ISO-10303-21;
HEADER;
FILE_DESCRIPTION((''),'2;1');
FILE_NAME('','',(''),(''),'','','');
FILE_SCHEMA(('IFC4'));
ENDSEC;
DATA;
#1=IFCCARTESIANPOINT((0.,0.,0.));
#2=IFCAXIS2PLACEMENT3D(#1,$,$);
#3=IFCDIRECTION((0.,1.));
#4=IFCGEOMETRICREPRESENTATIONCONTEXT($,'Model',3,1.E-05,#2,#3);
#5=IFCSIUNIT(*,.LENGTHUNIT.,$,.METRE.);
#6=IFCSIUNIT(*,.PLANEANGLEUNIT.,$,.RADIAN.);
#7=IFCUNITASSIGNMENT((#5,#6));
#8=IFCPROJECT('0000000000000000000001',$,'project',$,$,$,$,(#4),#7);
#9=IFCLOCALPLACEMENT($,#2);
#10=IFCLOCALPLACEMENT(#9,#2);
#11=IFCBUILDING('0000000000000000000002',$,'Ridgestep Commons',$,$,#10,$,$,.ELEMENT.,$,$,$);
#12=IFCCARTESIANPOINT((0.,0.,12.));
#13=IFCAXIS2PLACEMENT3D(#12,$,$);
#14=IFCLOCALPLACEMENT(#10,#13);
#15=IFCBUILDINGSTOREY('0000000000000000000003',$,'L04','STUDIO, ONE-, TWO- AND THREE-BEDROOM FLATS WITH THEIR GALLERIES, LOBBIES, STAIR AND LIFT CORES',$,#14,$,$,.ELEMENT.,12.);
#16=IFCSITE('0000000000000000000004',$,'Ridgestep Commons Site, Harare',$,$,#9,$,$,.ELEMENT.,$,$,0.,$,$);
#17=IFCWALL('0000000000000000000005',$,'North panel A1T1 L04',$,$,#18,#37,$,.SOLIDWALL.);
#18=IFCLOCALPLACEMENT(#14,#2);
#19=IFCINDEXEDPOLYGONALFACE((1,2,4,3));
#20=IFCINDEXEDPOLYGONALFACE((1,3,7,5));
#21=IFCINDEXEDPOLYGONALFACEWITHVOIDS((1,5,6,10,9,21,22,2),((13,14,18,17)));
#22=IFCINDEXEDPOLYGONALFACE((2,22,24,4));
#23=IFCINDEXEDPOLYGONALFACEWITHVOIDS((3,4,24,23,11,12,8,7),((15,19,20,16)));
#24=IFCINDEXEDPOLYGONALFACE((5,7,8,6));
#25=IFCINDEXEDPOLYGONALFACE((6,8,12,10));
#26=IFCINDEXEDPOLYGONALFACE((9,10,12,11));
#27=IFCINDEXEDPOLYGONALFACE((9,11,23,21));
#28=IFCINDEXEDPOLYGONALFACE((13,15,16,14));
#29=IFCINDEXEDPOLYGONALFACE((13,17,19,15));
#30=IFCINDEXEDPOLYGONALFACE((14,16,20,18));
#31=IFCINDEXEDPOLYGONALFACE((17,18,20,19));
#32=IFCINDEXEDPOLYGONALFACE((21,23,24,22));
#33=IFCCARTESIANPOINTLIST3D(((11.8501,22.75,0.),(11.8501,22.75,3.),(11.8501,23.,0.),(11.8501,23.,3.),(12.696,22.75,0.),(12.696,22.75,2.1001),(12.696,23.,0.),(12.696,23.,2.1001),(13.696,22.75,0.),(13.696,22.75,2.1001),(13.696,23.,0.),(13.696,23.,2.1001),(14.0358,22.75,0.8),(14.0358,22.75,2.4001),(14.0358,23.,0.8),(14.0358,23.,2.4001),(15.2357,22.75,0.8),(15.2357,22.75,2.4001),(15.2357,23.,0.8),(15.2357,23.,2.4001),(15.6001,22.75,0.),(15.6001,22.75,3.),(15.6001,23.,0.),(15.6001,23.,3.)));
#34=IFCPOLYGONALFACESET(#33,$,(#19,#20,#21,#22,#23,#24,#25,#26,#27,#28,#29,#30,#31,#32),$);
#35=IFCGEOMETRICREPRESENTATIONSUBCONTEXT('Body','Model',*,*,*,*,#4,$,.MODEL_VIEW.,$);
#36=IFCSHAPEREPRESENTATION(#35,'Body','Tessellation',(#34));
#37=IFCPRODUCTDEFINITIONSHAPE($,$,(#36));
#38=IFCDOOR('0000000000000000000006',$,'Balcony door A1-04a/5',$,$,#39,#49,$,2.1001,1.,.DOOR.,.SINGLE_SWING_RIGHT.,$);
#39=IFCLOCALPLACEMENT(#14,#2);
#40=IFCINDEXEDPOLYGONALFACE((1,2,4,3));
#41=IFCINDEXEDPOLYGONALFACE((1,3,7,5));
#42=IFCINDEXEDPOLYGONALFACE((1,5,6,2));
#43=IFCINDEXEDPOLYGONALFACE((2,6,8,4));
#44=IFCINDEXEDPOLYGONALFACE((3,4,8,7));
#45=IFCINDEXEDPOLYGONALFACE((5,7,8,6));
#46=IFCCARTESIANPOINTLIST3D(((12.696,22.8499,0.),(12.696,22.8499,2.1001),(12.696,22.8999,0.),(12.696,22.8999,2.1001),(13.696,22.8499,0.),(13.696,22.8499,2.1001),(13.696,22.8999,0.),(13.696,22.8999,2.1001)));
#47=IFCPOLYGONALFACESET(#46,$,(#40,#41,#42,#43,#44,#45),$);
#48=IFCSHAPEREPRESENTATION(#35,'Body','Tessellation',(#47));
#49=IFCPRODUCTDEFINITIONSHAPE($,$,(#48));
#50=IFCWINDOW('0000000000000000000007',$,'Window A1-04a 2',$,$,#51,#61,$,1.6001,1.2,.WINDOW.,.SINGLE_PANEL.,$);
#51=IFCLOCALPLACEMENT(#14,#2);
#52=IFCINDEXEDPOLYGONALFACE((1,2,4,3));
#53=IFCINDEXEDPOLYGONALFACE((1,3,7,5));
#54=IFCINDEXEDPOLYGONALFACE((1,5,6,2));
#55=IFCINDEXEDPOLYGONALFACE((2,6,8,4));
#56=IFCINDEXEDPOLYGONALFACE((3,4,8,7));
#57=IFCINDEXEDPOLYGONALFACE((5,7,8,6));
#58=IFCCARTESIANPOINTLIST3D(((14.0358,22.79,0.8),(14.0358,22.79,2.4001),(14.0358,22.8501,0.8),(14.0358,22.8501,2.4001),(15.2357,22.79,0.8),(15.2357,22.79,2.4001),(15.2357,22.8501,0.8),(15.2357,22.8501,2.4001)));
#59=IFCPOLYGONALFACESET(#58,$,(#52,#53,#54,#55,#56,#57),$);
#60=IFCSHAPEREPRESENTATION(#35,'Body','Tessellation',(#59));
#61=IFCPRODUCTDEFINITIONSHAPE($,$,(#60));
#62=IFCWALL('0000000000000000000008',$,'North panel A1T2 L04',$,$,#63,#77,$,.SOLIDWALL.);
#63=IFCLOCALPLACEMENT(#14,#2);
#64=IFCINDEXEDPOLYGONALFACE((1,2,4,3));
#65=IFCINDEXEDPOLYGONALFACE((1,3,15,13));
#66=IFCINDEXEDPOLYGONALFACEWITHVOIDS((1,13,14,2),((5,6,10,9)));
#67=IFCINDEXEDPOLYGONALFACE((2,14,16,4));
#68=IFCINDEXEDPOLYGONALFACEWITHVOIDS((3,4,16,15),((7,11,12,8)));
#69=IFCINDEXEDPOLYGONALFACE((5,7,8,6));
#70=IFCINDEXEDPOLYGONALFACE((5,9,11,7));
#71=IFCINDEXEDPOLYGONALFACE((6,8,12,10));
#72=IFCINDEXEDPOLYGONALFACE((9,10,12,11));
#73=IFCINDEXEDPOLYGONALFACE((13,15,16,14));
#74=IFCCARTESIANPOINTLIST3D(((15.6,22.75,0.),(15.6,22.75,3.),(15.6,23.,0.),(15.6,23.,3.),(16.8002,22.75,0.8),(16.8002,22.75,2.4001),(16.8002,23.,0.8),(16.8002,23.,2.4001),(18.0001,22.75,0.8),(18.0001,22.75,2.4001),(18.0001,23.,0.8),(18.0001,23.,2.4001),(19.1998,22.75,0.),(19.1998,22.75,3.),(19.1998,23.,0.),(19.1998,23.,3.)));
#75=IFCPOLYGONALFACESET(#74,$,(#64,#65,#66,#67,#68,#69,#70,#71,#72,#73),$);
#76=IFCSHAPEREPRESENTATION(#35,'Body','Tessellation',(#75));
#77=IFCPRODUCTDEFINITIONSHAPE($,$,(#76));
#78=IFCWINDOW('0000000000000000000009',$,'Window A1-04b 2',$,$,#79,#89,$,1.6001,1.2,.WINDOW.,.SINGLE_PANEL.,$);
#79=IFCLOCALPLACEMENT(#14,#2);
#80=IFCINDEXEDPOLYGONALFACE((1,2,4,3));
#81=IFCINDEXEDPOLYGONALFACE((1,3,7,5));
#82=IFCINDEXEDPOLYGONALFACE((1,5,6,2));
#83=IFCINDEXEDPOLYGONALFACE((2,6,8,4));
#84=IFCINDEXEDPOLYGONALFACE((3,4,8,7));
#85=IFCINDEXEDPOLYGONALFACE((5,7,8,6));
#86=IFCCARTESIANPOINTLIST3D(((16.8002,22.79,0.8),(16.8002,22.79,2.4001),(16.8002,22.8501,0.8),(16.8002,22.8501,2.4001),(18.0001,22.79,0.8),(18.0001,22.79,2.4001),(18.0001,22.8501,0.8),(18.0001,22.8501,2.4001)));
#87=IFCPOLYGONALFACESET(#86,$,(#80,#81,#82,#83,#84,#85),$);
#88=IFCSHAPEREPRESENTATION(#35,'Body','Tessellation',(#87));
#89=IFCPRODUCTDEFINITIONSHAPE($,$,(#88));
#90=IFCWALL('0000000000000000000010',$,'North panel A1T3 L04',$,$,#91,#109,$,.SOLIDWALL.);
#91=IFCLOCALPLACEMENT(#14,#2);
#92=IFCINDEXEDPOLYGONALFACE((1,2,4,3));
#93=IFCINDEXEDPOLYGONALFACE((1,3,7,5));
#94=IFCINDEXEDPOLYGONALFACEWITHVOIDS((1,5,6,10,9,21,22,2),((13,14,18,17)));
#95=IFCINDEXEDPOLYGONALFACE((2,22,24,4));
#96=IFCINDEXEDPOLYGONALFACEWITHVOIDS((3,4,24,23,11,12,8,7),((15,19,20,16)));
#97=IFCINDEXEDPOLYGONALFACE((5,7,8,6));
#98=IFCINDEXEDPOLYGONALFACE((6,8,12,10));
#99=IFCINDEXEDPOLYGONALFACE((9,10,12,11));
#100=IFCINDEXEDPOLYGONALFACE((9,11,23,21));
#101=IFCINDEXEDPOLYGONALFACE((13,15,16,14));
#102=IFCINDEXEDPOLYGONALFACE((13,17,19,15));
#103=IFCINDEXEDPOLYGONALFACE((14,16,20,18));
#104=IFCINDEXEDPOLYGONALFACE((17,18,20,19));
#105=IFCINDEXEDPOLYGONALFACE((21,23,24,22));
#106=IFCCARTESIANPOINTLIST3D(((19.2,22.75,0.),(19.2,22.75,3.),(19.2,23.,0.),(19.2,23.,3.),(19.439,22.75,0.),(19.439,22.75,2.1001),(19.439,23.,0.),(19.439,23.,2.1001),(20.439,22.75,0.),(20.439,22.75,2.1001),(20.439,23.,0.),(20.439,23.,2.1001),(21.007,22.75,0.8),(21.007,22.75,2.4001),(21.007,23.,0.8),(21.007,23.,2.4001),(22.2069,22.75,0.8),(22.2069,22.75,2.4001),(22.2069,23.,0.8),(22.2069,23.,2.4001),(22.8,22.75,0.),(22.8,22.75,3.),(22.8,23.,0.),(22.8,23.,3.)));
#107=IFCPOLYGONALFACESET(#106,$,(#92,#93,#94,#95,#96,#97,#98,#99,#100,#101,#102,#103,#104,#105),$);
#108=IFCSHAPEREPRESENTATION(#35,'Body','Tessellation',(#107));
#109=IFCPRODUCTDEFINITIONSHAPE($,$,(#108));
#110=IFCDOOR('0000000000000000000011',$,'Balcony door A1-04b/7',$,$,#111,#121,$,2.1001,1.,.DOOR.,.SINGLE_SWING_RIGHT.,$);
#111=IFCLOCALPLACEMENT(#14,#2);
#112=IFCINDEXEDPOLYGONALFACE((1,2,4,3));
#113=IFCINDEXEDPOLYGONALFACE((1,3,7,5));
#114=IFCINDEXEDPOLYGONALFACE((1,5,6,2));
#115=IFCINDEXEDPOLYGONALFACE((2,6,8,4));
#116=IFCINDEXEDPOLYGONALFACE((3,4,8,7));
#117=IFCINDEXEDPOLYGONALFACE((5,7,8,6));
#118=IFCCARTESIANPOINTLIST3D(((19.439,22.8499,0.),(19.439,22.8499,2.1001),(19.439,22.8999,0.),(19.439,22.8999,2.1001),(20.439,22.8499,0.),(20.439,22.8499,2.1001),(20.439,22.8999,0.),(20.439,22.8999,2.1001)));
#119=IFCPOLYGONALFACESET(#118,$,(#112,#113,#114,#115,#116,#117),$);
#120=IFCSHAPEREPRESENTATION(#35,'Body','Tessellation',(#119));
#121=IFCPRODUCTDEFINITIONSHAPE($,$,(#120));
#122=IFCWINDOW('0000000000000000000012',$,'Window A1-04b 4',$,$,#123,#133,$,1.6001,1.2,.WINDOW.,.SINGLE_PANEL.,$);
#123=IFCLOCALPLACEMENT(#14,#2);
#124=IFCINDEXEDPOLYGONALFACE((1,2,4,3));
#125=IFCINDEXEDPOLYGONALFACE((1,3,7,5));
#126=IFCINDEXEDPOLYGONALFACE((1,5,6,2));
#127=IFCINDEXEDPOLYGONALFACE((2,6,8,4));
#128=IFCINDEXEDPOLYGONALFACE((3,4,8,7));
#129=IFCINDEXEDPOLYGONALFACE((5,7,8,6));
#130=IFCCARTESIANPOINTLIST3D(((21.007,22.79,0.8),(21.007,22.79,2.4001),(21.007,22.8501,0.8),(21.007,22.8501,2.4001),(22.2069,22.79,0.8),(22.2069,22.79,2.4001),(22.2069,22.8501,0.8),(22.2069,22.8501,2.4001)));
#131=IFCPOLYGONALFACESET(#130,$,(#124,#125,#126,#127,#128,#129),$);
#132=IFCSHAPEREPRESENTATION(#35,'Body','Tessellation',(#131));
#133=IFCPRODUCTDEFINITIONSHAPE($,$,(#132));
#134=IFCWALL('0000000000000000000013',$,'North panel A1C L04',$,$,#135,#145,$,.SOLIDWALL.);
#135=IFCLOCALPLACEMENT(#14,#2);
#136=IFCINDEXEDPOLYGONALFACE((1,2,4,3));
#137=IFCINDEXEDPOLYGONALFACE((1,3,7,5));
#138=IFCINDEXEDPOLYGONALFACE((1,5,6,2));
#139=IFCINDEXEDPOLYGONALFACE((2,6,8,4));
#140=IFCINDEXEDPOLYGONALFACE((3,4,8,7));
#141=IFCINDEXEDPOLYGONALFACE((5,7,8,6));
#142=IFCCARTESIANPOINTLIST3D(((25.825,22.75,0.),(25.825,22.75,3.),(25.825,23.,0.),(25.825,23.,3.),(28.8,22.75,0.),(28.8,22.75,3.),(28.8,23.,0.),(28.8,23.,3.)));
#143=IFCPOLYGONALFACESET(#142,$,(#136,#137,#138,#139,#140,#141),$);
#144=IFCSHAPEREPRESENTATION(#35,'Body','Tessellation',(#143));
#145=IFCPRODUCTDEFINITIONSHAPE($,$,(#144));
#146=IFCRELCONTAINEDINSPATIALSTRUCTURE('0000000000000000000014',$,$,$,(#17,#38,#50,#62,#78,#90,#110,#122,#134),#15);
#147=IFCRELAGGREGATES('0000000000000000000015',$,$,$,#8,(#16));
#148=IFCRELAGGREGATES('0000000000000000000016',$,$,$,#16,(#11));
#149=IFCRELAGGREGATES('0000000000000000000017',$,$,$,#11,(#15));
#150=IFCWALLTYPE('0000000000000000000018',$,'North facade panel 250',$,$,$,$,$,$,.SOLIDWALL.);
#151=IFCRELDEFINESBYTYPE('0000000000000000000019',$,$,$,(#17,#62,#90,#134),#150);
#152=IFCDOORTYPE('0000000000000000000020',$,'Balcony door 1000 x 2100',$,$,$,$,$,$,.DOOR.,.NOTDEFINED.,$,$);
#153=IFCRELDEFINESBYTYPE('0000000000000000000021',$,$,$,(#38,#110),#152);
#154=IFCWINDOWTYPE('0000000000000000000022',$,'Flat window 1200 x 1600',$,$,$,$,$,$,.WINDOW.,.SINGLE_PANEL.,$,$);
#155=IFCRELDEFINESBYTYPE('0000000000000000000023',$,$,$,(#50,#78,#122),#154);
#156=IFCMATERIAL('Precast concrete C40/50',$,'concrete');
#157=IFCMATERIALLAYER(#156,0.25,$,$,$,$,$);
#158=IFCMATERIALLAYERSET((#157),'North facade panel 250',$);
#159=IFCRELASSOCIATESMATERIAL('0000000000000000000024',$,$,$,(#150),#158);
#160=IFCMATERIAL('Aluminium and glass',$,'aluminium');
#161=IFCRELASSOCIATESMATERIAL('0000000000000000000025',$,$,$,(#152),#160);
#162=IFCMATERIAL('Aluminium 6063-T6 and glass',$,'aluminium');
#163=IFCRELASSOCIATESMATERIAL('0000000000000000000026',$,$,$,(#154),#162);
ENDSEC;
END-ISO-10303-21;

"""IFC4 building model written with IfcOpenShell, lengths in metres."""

from ifc_helpers import new_model, si_unit, direction, frame, frame_2d, origin, place, context, subcontext, project, spatial, rectangle, extrude, material, layer, layer_set, type_object, element, fill, save


model = new_model("IFC4")

# Units and contexts
model_context = context("Model", 3, precision=1e-05, world=origin(), true_north=direction((0.0, 1.0)))
body_context = subcontext(model_context, "Body", "Model", "MODEL_VIEW")
ifc_project = project(units=[si_unit("LENGTHUNIT", "METRE"), si_unit("PLANEANGLEUNIT", "RADIAN")], contexts=[model_context])

# Site, building, storey
site_placement = place(None, origin())
site = spatial("IfcSite", under=ifc_project, at=site_placement, Name="Ridgestep Commons Site, Harare", CompositionType="ELEMENT", RefElevation=0.0)
building_placement = place(site_placement, origin())
building = spatial("IfcBuilding", under=site, at=building_placement, Name="Ridgestep Commons", CompositionType="ELEMENT")
storey_placement = place(building_placement, frame((0.0, 0.0, 12.0)))
storey = spatial("IfcBuildingStorey", under=building, at=storey_placement, Name="L04", Description="STUDIO, ONE-, TWO- AND THREE-BEDROOM FLATS WITH THEIR GALLERIES, LOBBIES, STAIR AND LIFT CORES", CompositionType="ELEMENT", Elevation=12.0)

# Wall, openings, door, window
ifc_material_1 = material(Name="Precast concrete C40/50", Category="concrete")
ifc_layer_1 = layer(ifc_material_1, 0.25)
ifc_layer_set_1 = layer_set([ifc_layer_1], Name="North facade panel 250")
wall_type = type_object("IfcWallType", Name="North facade panel 250", PredefinedType="SOLIDWALL", material=ifc_layer_set_1)
wall_1_placement = place(storey_placement, frame((11.8501, 22.875, 0.0), z_axis=(0.0, 0.0, 1.0), x_axis=(1.0, 0.0, 0.0)))
wall_1 = element("IfcWall", 1, at=wall_1_placement, inside=storey, type_object=wall_type, Name="North panel A1T1 L04", PredefinedType="SOLIDWALL", context=body_context, shape_type="SweptSolid", body=[
    extrude(rectangle(XDim=3.75, YDim=0.25, at=frame_2d((1.875, 0.0))), origin(), (0.0, 0.0, 1.0), 3.0),
])
opening_1_placement = place(wall_1_placement, frame((2.1855, 0.0, 0.8)))
opening_1 = element("IfcOpeningElement", 2, at=opening_1_placement, cuts=wall_1, PredefinedType="OPENING", context=body_context, shape_type="SweptSolid", body=[
    extrude(rectangle(XDim=1.2, YDim=1.6001, at=frame_2d((0.6001, 0.8))), frame((0.0, 0.135, 0.0), z_axis=(0.0, -1.0, 0.0), x_axis=(1.0, 0.0, 0.0)), (0.0, 0.0, 1.0), 0.27),
])
opening_2_placement = place(wall_1_placement, frame((0.8459, 0.0, 0.0)))
opening_2 = element("IfcOpeningElement", 3, at=opening_2_placement, cuts=wall_1, PredefinedType="OPENING", context=body_context, shape_type="SweptSolid", body=[
    extrude(rectangle(XDim=1.0, YDim=2.1001, at=frame_2d((0.5, 1.05))), frame((0.0, 0.135, 0.0), z_axis=(0.0, -1.0, 0.0), x_axis=(1.0, 0.0, 0.0)), (0.0, 0.0, 1.0), 0.27),
])
ifc_material_2 = material(Name="Aluminium and glass", Category="aluminium")
door_type = type_object("IfcDoorType", Name="Balcony door 1000 x 2100", OperationType="NOTDEFINED", PredefinedType="DOOR", material=ifc_material_2)
door_1_placement = place(opening_2_placement, origin())
door_1 = element("IfcDoor", 4, at=door_1_placement, inside=storey, type_object=door_type, Name="Balcony door A1-04a/5", OperationType="SINGLE_SWING_RIGHT", OverallHeight=2.1001, OverallWidth=1.0, PredefinedType="DOOR", context=body_context, shape_type="SweptSolid", body=[
    extrude(rectangle(XDim=1.0, YDim=2.1001, at=frame_2d((0.5, 1.05))), frame((0.0, 0.0249, 0.0), z_axis=(0.0, -1.0, 0.0), x_axis=(1.0, 0.0, 0.0)), (0.0, 0.0, 1.0), 0.05),
])
fill(opening_2, door_1)
ifc_material_3 = material(Name="Aluminium 6063-T6 and glass", Category="aluminium")
window_type = type_object("IfcWindowType", Name="Flat window 1200 x 1600", PartitioningType="SINGLE_PANEL", PredefinedType="WINDOW", material=ifc_material_3)
window_1_placement = place(opening_1_placement, origin())
window_1 = element("IfcWindow", 5, at=window_1_placement, inside=storey, type_object=window_type, Name="Window A1-04a 2", OverallHeight=1.6001, OverallWidth=1.2, PartitioningType="SINGLE_PANEL", PredefinedType="WINDOW", context=body_context, shape_type="SweptSolid", body=[
    extrude(rectangle(XDim=1.2, YDim=1.6001, at=frame_2d((0.6001, 0.8))), frame((0.0, -0.0249, 0.0), z_axis=(0.0, -1.0, 0.0), x_axis=(1.0, 0.0, 0.0)), (0.0, 0.0, 1.0), 0.0601),
])
fill(opening_1, window_1)

# Wall, opening, window
wall_2_placement = place(storey_placement, frame((15.6001, 22.875, 0.0), z_axis=(0.0, 0.0, 1.0), x_axis=(1.0, 0.0, 0.0)))
wall_2 = element("IfcWall", 6, at=wall_2_placement, inside=storey, type_object=wall_type, Name="North panel A1T2 L04", PredefinedType="SOLIDWALL", context=body_context, shape_type="SweptSolid", body=[
    extrude(rectangle(XDim=3.5999, YDim=0.25, at=frame_2d((1.7998, 0.0))), origin(), (0.0, 0.0, 1.0), 3.0),
])
opening_3_placement = place(wall_2_placement, frame((1.2, 0.0, 0.8)))
opening_3 = element("IfcOpeningElement", 7, at=opening_3_placement, cuts=wall_2, PredefinedType="OPENING", context=body_context, shape_type="SweptSolid", body=[
    extrude(rectangle(XDim=1.2, YDim=1.6001, at=frame_2d((0.6001, 0.8))), frame((0.0, 0.135, 0.0), z_axis=(0.0, -1.0, 0.0), x_axis=(1.0, 0.0, 0.0)), (0.0, 0.0, 1.0), 0.27),
])
window_2_placement = place(opening_3_placement, origin())
window_2 = element("IfcWindow", 8, at=window_2_placement, inside=storey, type_object=window_type, Name="Window A1-04b 2", OverallHeight=1.6001, OverallWidth=1.2, PartitioningType="SINGLE_PANEL", PredefinedType="WINDOW", context=body_context, shape_type="SweptSolid", body=[
    extrude(rectangle(XDim=1.2, YDim=1.6001, at=frame_2d((0.6001, 0.8))), frame((0.0, -0.0249, 0.0), z_axis=(0.0, -1.0, 0.0), x_axis=(1.0, 0.0, 0.0)), (0.0, 0.0, 1.0), 0.0601),
])
fill(opening_3, window_2)

# Wall, openings, door, window
wall_3_placement = place(storey_placement, frame((19.2, 22.875, 0.0), z_axis=(0.0, 0.0, 1.0), x_axis=(1.0, 0.0, 0.0)))
wall_3 = element("IfcWall", 9, at=wall_3_placement, inside=storey, type_object=wall_type, Name="North panel A1T3 L04", PredefinedType="SOLIDWALL", context=body_context, shape_type="SweptSolid", body=[
    extrude(rectangle(XDim=3.6001, YDim=0.25, at=frame_2d((1.8, 0.0))), origin(), (0.0, 0.0, 1.0), 3.0),
])
opening_4_placement = place(wall_3_placement, frame((1.8069, 0.0, 0.8)))
opening_4 = element("IfcOpeningElement", 10, at=opening_4_placement, cuts=wall_3, PredefinedType="OPENING", context=body_context, shape_type="SweptSolid", body=[
    extrude(rectangle(XDim=1.2, YDim=1.6001, at=frame_2d((0.6001, 0.8))), frame((0.0, 0.135, 0.0), z_axis=(0.0, -1.0, 0.0), x_axis=(1.0, 0.0, 0.0)), (0.0, 0.0, 1.0), 0.27),
])
opening_5_placement = place(wall_3_placement, frame((0.239, 0.0, 0.0)))
opening_5 = element("IfcOpeningElement", 11, at=opening_5_placement, cuts=wall_3, PredefinedType="OPENING", context=body_context, shape_type="SweptSolid", body=[
    extrude(rectangle(XDim=1.0, YDim=2.1001, at=frame_2d((0.5, 1.05))), frame((0.0, 0.135, 0.0), z_axis=(0.0, -1.0, 0.0), x_axis=(1.0, 0.0, 0.0)), (0.0, 0.0, 1.0), 0.27),
])
door_2_placement = place(opening_5_placement, origin())
door_2 = element("IfcDoor", 12, at=door_2_placement, inside=storey, type_object=door_type, Name="Balcony door A1-04b/7", OperationType="SINGLE_SWING_RIGHT", OverallHeight=2.1001, OverallWidth=1.0, PredefinedType="DOOR", context=body_context, shape_type="SweptSolid", body=[
    extrude(rectangle(XDim=1.0, YDim=2.1001, at=frame_2d((0.5, 1.05))), frame((0.0, 0.0249, 0.0), z_axis=(0.0, -1.0, 0.0), x_axis=(1.0, 0.0, 0.0)), (0.0, 0.0, 1.0), 0.05),
])
fill(opening_5, door_2)
window_3_placement = place(opening_4_placement, origin())
window_3 = element("IfcWindow", 13, at=window_3_placement, inside=storey, type_object=window_type, Name="Window A1-04b 4", OverallHeight=1.6001, OverallWidth=1.2, PartitioningType="SINGLE_PANEL", PredefinedType="WINDOW", context=body_context, shape_type="SweptSolid", body=[
    extrude(rectangle(XDim=1.2, YDim=1.6001, at=frame_2d((0.6001, 0.8))), frame((0.0, -0.0249, 0.0), z_axis=(0.0, -1.0, 0.0), x_axis=(1.0, 0.0, 0.0)), (0.0, 0.0, 1.0), 0.0601),
])
fill(opening_4, window_3)

# Wall
wall_4_placement = place(storey_placement, frame((25.825, 22.875, 0.0), z_axis=(0.0, 0.0, 1.0), x_axis=(1.0, 0.0, 0.0)))
element("IfcWall", 14, at=wall_4_placement, inside=storey, type_object=wall_type, Name="North panel A1C L04", PredefinedType="SOLIDWALL", context=body_context, shape_type="SweptSolid", body=[
    extrude(rectangle(XDim=2.9751, YDim=0.25, at=frame_2d((1.4875, 0.0))), origin(), (0.0, 0.0, 1.0), 3.0),
])

save(model, "model.ifc")
